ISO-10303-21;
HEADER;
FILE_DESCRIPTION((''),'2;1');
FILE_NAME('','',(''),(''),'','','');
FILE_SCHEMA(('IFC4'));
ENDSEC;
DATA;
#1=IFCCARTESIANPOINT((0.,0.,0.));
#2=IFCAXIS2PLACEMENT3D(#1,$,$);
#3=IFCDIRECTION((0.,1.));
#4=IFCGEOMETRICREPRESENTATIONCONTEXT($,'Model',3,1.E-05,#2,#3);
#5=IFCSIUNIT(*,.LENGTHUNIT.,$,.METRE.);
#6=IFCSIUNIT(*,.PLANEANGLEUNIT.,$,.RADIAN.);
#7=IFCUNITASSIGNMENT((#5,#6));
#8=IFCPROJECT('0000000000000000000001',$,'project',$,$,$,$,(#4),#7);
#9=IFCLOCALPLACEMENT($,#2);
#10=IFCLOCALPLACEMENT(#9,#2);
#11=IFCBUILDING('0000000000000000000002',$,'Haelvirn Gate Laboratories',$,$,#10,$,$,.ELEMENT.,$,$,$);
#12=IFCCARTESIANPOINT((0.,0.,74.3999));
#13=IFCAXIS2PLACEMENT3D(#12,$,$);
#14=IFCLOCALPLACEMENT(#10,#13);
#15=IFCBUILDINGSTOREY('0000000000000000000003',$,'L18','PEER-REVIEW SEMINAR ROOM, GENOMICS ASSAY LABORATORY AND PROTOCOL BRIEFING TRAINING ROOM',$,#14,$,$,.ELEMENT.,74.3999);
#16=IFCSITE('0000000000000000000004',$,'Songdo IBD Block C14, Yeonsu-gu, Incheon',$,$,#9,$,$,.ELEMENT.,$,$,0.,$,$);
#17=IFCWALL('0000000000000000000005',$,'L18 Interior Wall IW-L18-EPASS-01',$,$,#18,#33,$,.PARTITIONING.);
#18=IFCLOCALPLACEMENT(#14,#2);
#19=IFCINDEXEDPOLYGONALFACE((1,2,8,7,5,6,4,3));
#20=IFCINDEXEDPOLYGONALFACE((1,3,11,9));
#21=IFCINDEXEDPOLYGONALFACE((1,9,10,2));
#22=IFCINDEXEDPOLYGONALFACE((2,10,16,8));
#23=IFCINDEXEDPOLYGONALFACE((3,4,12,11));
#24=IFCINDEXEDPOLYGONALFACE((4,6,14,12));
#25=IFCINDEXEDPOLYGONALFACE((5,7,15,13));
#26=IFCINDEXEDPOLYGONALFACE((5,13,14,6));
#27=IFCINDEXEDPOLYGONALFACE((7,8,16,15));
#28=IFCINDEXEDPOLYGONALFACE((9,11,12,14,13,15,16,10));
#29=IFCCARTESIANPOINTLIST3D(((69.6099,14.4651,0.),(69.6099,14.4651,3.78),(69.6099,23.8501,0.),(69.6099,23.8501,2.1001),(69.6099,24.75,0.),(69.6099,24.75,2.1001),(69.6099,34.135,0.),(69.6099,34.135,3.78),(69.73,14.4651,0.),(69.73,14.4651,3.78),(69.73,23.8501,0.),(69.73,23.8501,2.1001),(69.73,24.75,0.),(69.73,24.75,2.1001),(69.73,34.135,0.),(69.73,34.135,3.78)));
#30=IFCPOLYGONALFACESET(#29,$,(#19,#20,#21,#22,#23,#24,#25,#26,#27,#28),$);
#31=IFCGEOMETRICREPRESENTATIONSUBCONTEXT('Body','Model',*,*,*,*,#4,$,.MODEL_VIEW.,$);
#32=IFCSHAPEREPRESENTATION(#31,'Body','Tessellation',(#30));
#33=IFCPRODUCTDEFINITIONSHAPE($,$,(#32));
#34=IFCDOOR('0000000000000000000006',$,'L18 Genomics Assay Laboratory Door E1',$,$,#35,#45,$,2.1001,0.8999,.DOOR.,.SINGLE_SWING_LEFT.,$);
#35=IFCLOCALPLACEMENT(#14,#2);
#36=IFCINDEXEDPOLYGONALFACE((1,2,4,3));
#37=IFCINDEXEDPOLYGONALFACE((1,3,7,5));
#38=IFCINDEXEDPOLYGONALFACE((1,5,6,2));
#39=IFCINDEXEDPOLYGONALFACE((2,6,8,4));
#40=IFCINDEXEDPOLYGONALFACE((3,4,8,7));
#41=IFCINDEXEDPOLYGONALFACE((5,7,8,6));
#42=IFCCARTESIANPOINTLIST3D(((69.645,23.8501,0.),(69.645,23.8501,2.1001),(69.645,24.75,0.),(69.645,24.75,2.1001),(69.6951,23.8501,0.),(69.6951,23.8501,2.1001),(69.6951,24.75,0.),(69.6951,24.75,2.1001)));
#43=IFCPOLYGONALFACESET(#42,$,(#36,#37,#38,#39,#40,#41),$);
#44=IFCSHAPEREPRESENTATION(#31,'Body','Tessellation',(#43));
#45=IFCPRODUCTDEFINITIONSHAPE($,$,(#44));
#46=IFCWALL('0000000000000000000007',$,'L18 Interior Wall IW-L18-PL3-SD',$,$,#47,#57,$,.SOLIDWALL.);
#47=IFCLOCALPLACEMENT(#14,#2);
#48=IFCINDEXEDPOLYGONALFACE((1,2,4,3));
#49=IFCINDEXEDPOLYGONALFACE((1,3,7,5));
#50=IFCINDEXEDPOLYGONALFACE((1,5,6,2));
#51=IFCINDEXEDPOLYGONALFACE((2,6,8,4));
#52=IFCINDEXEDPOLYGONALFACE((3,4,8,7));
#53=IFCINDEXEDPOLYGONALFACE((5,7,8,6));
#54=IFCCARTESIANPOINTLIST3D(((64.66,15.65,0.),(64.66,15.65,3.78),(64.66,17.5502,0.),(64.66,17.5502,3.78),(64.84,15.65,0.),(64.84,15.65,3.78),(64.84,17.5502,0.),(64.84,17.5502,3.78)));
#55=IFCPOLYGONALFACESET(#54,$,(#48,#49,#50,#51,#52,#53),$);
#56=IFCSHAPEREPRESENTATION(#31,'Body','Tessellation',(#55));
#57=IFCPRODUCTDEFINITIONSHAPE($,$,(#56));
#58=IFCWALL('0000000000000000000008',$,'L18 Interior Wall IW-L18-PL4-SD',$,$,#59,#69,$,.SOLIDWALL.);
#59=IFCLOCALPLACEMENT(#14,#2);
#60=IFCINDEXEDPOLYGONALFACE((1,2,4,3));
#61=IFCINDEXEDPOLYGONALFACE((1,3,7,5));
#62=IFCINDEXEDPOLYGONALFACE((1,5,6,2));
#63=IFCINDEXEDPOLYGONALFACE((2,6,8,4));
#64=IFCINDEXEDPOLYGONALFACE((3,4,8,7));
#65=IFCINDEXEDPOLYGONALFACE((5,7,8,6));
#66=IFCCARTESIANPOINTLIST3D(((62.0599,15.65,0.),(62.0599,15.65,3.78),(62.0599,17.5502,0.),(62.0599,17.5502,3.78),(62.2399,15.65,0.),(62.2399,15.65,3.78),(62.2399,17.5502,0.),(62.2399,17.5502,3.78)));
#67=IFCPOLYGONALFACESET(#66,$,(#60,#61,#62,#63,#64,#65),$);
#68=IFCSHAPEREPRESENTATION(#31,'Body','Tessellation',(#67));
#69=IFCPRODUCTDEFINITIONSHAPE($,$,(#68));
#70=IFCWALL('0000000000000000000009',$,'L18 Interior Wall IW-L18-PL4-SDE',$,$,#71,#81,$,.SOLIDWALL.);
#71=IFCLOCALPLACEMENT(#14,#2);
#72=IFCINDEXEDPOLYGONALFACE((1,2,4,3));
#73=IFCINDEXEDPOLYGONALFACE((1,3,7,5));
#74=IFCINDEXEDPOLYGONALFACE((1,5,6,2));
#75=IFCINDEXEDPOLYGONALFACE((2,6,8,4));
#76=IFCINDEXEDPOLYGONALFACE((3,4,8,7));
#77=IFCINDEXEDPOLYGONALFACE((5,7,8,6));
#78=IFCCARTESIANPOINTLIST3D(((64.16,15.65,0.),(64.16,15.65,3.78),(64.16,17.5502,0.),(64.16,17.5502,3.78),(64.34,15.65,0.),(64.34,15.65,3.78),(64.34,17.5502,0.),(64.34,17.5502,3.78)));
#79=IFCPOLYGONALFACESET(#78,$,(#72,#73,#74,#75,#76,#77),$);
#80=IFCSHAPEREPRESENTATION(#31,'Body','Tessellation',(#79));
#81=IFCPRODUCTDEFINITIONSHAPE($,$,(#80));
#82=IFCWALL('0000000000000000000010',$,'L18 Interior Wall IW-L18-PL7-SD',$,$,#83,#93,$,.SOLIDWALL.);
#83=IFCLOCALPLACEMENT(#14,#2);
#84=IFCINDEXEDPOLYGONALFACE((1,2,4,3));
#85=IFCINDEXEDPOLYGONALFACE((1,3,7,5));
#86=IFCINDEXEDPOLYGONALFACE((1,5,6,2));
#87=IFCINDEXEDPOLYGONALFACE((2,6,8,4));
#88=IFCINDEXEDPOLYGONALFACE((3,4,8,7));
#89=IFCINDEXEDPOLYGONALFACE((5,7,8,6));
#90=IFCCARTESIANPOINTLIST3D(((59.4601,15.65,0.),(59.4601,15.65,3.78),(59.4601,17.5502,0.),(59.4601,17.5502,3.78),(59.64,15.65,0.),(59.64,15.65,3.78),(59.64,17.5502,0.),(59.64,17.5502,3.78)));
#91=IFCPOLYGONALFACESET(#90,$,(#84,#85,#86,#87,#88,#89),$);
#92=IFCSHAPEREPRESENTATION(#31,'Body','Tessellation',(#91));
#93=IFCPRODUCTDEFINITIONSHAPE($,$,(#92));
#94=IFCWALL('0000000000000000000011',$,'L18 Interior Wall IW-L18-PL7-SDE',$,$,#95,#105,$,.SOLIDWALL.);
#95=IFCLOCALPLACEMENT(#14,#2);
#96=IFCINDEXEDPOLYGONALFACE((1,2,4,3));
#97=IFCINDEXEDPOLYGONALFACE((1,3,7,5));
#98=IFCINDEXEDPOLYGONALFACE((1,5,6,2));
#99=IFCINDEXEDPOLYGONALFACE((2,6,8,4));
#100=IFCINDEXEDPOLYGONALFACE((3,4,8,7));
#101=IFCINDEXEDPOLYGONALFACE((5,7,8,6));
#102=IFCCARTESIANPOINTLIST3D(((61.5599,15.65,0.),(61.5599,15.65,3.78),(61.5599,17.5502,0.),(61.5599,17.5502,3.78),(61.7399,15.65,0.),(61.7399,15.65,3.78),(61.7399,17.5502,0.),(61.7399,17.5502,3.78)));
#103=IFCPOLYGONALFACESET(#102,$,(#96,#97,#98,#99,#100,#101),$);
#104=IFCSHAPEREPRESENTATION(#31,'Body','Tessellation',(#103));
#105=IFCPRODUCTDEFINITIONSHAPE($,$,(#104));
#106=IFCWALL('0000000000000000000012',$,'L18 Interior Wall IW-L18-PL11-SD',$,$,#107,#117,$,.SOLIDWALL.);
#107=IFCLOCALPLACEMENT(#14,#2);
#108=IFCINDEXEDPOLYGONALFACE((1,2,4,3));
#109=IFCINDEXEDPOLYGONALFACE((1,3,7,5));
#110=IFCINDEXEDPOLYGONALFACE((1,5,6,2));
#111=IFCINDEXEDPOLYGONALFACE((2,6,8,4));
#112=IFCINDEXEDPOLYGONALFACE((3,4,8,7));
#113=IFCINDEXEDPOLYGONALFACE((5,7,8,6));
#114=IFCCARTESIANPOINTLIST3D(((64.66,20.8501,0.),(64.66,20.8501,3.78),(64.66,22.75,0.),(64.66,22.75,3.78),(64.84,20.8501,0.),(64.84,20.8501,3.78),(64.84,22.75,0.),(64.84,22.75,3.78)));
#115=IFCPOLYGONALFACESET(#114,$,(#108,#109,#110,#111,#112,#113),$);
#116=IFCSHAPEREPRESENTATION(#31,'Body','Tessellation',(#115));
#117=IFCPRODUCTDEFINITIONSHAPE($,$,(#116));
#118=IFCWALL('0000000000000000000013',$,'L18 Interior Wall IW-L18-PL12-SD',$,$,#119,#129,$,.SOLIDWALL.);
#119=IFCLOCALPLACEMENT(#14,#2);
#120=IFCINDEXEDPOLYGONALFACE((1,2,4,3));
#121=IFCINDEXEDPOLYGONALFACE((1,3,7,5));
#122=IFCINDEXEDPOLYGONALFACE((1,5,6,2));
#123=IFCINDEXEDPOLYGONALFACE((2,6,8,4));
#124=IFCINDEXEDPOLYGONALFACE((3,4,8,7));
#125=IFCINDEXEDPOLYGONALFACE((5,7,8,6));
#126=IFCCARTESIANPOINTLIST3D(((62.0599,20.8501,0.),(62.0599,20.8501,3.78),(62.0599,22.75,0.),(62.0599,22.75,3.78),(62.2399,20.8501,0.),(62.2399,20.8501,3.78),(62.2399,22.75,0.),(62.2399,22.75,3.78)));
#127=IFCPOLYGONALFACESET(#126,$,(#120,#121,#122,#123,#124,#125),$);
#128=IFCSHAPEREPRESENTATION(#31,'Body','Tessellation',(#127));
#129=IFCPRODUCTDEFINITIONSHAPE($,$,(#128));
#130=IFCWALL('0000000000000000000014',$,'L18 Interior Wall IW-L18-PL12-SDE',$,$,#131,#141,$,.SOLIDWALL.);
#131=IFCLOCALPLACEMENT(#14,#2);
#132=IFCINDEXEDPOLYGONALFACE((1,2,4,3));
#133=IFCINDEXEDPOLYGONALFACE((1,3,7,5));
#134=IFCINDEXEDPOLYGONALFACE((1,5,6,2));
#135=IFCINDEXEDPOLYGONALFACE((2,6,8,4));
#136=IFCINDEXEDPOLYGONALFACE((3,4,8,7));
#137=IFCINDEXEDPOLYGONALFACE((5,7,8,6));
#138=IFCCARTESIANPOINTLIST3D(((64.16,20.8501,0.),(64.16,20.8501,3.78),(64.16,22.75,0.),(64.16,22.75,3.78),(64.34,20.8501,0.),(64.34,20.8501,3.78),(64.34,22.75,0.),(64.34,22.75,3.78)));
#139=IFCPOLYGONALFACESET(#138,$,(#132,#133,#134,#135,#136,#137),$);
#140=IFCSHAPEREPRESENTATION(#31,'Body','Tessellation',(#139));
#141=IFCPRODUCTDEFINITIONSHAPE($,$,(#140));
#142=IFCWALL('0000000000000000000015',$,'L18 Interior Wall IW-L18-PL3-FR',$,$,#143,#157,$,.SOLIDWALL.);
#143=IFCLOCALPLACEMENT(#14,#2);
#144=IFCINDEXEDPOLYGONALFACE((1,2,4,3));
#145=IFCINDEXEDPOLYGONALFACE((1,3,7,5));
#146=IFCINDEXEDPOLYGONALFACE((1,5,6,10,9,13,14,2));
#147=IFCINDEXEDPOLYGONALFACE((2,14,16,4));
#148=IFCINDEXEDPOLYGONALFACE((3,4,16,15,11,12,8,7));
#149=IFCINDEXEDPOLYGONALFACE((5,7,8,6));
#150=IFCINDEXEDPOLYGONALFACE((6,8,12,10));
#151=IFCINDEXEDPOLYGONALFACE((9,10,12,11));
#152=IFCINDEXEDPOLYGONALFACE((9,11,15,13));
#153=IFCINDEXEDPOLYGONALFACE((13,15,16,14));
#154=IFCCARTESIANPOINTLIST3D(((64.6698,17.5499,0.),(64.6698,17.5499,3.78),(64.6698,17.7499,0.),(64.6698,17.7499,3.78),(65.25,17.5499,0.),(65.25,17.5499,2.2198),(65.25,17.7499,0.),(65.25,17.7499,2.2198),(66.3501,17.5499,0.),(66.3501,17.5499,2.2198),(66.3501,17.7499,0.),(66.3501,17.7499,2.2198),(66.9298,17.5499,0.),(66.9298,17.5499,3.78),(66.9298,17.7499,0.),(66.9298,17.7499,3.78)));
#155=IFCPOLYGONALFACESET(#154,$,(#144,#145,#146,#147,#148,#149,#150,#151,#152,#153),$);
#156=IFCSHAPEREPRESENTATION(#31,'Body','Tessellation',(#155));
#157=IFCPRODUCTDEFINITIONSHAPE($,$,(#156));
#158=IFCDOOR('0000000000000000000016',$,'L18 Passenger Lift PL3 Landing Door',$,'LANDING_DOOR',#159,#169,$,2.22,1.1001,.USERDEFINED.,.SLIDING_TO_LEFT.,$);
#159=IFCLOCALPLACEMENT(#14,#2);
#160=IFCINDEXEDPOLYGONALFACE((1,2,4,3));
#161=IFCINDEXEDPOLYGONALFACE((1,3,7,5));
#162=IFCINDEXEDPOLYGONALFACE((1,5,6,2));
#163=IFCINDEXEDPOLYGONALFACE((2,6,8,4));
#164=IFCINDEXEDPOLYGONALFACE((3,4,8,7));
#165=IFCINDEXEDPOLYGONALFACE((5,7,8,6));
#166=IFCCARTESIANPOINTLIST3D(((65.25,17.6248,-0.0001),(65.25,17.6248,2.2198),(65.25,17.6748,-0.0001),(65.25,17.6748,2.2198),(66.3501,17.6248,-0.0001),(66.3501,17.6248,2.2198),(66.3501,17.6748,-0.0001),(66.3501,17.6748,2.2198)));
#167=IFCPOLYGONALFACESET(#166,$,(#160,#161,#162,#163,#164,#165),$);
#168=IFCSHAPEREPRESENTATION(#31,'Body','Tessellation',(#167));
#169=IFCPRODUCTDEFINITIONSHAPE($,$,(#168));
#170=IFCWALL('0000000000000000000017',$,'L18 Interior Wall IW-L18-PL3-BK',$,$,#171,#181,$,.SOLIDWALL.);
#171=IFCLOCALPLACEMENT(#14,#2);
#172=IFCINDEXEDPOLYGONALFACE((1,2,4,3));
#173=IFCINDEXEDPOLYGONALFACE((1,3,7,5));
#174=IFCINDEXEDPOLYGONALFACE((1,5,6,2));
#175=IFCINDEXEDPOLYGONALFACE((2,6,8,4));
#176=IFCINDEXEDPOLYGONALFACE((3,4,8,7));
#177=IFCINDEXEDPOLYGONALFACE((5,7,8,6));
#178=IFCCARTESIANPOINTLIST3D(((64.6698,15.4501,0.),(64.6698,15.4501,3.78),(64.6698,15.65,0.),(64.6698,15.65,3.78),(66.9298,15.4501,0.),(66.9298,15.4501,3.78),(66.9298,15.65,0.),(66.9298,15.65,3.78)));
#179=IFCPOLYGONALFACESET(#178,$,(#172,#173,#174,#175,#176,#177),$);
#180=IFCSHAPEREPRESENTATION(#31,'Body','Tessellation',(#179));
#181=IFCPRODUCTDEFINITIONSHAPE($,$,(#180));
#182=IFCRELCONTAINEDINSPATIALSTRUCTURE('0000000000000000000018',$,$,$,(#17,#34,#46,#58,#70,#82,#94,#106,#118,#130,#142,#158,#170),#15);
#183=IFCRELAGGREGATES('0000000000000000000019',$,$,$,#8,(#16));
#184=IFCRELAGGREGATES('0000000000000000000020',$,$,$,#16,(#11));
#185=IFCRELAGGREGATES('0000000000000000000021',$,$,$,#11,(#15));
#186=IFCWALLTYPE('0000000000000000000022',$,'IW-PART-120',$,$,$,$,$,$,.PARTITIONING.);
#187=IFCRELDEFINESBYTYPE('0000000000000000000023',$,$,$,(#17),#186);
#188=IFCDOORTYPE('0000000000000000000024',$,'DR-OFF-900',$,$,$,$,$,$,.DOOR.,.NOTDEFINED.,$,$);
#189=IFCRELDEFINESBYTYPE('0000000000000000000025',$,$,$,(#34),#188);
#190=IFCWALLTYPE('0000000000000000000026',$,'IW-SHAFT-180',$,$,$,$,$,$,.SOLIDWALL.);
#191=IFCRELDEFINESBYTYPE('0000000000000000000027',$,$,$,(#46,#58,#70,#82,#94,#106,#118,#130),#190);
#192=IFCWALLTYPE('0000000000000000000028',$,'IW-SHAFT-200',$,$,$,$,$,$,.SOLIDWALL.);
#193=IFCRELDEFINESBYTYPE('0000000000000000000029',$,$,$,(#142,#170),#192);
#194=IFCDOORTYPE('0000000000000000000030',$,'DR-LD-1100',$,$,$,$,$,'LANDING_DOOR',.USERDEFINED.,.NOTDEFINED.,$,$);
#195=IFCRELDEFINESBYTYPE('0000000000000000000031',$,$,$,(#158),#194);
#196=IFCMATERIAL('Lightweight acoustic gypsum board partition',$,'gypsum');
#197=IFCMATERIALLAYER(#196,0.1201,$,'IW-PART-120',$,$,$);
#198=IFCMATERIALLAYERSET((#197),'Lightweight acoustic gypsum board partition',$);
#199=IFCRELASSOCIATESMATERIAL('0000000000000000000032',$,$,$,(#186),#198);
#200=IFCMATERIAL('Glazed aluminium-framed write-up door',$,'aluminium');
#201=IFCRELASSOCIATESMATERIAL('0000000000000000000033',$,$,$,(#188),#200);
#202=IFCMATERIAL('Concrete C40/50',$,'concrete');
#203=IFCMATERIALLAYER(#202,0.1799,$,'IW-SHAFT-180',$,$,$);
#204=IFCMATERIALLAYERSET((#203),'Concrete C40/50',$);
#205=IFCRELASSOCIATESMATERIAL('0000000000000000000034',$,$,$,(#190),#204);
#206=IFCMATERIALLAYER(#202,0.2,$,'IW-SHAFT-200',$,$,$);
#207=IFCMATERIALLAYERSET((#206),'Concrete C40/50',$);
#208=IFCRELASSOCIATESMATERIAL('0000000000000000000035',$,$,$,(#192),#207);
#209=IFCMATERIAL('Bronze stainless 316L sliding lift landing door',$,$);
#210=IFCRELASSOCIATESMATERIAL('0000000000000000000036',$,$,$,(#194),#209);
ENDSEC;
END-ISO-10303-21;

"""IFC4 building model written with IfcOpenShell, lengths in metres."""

from ifc_helpers import new_model, si_unit, direction, frame, frame_2d, origin, place, context, subcontext, project, spatial, rectangle, extrude, source, transform, mapped, material, layer, layer_set, type_object, type_shapes, element, fill, save


model = new_model("IFC4")

# Units and contexts
model_context = context("Model", 3, precision=1e-05, world=origin(), true_north=direction((0.0, 1.0)))
body_context = subcontext(model_context, "Body", "Model", "MODEL_VIEW")
ifc_project = project(units=[si_unit("LENGTHUNIT", "METRE"), si_unit("PLANEANGLEUNIT", "RADIAN")], contexts=[model_context])

# Site, building, storey
site_placement = place(None, origin())
site = spatial("IfcSite", under=ifc_project, at=site_placement, Name="Songdo IBD Block C14, Yeonsu-gu, Incheon", CompositionType="ELEMENT", RefElevation=0.0)
building_placement = place(site_placement, origin())
building = spatial("IfcBuilding", under=site, at=building_placement, Name="Haelvirn Gate Laboratories", CompositionType="ELEMENT")
storey_placement = place(building_placement, frame((0.0, 0.0, 74.3999)))
storey = spatial("IfcBuildingStorey", under=building, at=storey_placement, Name="L18", Description="PEER-REVIEW SEMINAR ROOM, GENOMICS ASSAY LABORATORY AND PROTOCOL BRIEFING TRAINING ROOM", CompositionType="ELEMENT", Elevation=74.3999)

# Shared definitions
ifc_material_1 = material(Name="Lightweight acoustic gypsum board partition", Category="gypsum")
ifc_layer_1 = layer(ifc_material_1, 0.1201, Name="IW-PART-120")
ifc_layer_set_1 = layer_set([ifc_layer_1], Name="Lightweight acoustic gypsum board partition")
wall_type_1 = type_object("IfcWallType", Name="IW-PART-120", PredefinedType="PARTITIONING", material=ifc_layer_set_1)

# Wall, opening, door
wall_1_placement = place(storey_placement, frame((69.6699, 14.4651, 0.0), z_axis=(0.0, 0.0, 1.0), x_axis=(0.0, 1.0, 0.0)))
wall_1 = element("IfcWall", 1, at=wall_1_placement, inside=storey, type_object=wall_type_1, Name="L18 Interior Wall IW-L18-EPASS-01", PredefinedType="PARTITIONING", context=body_context, shape_type="SweptSolid", body=[
    extrude(rectangle(XDim=19.6699, YDim=0.1201, at=frame_2d((9.835, 0.0))), origin(), (0.0, 0.0, 1.0), 3.78),
])
opening_1_placement = place(wall_1_placement, frame((9.385, 0.0, 0.0)))
opening_1 = element("IfcOpeningElement", 2, at=opening_1_placement, cuts=wall_1, PredefinedType="OPENING", context=body_context, shape_type="SweptSolid", body=[
    extrude(rectangle(XDim=0.8999, YDim=2.1001, at=frame_2d((0.45, 1.05))), frame((0.0, 0.0701, 0.0), z_axis=(0.0, -1.0, 0.0), x_axis=(1.0, 0.0, 0.0)), (0.0, 0.0, 1.0), 0.1401),
])
ifc_material_2 = material(Name="Glazed aluminium-framed write-up door", Category="aluminium")
door_type_1 = type_object("IfcDoorType", Name="DR-OFF-900", OperationType="NOTDEFINED", PredefinedType="DOOR", material=ifc_material_2)
shared_shape_1 = source(origin(), body_context, "Body", "SweptSolid", [
    extrude(rectangle(XDim=0.8999, YDim=2.1001, at=frame_2d((0.45, 1.05))), frame((0.0, 0.0249, 0.0), z_axis=(0.0, -1.0, 0.0), x_axis=(1.0, 0.0, 0.0)), (0.0, 0.0, 1.0), 0.05),
])
type_shapes(door_type_1, [shared_shape_1])
door_1_placement = place(opening_1_placement, origin())
door_1 = element("IfcDoor", 3, at=door_1_placement, inside=storey, type_object=door_type_1, Name="L18 Genomics Assay Laboratory Door E1", OperationType="SINGLE_SWING_LEFT", OverallHeight=2.1001, OverallWidth=0.8999, PredefinedType="DOOR", context=body_context, shape_type="MappedRepresentation", body=[
    mapped(shared_shape_1, transform((0.0, 0.0, 0.0), scale=1.0)),
])
fill(opening_1, door_1)

# Walls
ifc_material_3 = material(Name="Concrete C40/50", Category="concrete")
ifc_layer_2 = layer(ifc_material_3, 0.1799, Name="IW-SHAFT-180")
ifc_layer_set_2 = layer_set([ifc_layer_2], Name="Concrete C40/50")
wall_type_2 = type_object("IfcWallType", Name="IW-SHAFT-180", PredefinedType="SOLIDWALL", material=ifc_layer_set_2)
for number, where, z_axis, x_axis, name in (
    (4, (64.75, 15.6499, 0.0), (0.0, 0.0, 1.0), (0.0, 1.0, 0.0), "L18 Interior Wall IW-L18-PL3-SD"),
    (5, (62.1499, 15.6499, 0.0), (0.0, 0.0, 1.0), (0.0, 1.0, 0.0), "L18 Interior Wall IW-L18-PL4-SD"),
    (6, (64.25, 15.6499, 0.0), (0.0, 0.0, 1.0), (0.0, 1.0, 0.0), "L18 Interior Wall IW-L18-PL4-SDE"),
    (7, (59.55, 15.6499, 0.0), (0.0, 0.0, 1.0), (0.0, 1.0, 0.0), "L18 Interior Wall IW-L18-PL7-SD"),
    (8, (61.6499, 15.6499, 0.0), (0.0, 0.0, 1.0), (0.0, 1.0, 0.0), "L18 Interior Wall IW-L18-PL7-SDE"),
):
    element("IfcWall", number, at=place(storey_placement, frame(where, z_axis=z_axis, x_axis=x_axis)), inside=storey, type_object=wall_type_2, Name=name, PredefinedType="SOLIDWALL", context=body_context, shape_type="SweptSolid", body=[
        extrude(rectangle(XDim=1.9001, YDim=0.1799, at=frame_2d((0.9502, 0.0))), origin(), (0.0, 0.0, 1.0), 3.78),
    ])
for number, where, z_axis, x_axis, name in (
    (9, (64.75, 20.8501, 0.0), (0.0, 0.0, 1.0), (0.0, 1.0, 0.0), "L18 Interior Wall IW-L18-PL11-SD"),
    (10, (62.1499, 20.8501, 0.0), (0.0, 0.0, 1.0), (0.0, 1.0, 0.0), "L18 Interior Wall IW-L18-PL12-SD"),
    (11, (64.25, 20.8501, 0.0), (0.0, 0.0, 1.0), (0.0, 1.0, 0.0), "L18 Interior Wall IW-L18-PL12-SDE"),
):
    element("IfcWall", number, at=place(storey_placement, frame(where, z_axis=z_axis, x_axis=x_axis)), inside=storey, type_object=wall_type_2, Name=name, PredefinedType="SOLIDWALL", context=body_context, shape_type="SweptSolid", body=[
        extrude(rectangle(XDim=1.8999, YDim=0.1799, at=frame_2d((0.95, 0.0))), origin(), (0.0, 0.0, 1.0), 3.78),
    ])

# Wall, opening, door
ifc_layer_3 = layer(ifc_material_3, 0.2, Name="IW-SHAFT-200")
ifc_layer_set_3 = layer_set([ifc_layer_3], Name="Concrete C40/50")
wall_type_3 = type_object("IfcWallType", Name="IW-SHAFT-200", PredefinedType="SOLIDWALL", material=ifc_layer_set_3)
wall_2_placement = place(storey_placement, frame((64.6699, 17.6499, 0.0), z_axis=(0.0, 0.0, 1.0), x_axis=(1.0, 0.0, 0.0)))
wall_2 = element("IfcWall", 12, at=wall_2_placement, inside=storey, type_object=wall_type_3, Name="L18 Interior Wall IW-L18-PL3-FR", PredefinedType="SOLIDWALL", context=body_context, shape_type="SweptSolid", body=[
    extrude(rectangle(XDim=2.26, YDim=0.2, at=frame_2d((1.1299, 0.0))), origin(), (0.0, 0.0, 1.0), 3.78),
])
opening_2_placement = place(wall_2_placement, frame((0.5801, 0.0, 0.0)))
opening_2 = element("IfcOpeningElement", 13, at=opening_2_placement, cuts=wall_2, PredefinedType="OPENING", context=body_context, shape_type="SweptSolid", body=[
    extrude(rectangle(XDim=1.1001, YDim=2.22, at=frame_2d((0.55, 1.1099))), frame((0.0, 0.1099, 0.0), z_axis=(0.0, -1.0, 0.0), x_axis=(1.0, 0.0, 0.0)), (0.0, 0.0, 1.0), 0.22),
])
ifc_material_4 = material(Name="Bronze stainless 316L sliding lift landing door")
door_type_2 = type_object("IfcDoorType", Name="DR-LD-1100", ElementType="LANDING_DOOR", OperationType="NOTDEFINED", PredefinedType="USERDEFINED", material=ifc_material_4)
shared_shape_2 = source(origin(), body_context, "Body", "SweptSolid", [
    extrude(rectangle(XDim=1.1001, YDim=2.22, at=frame_2d((0.55, 1.1099))), frame((0.0, 0.0249, 0.0), z_axis=(0.0, -1.0, 0.0), x_axis=(1.0, 0.0, 0.0)), (0.0, 0.0, 1.0), 0.05),
])
type_shapes(door_type_2, [shared_shape_2])
door_2_placement = place(opening_2_placement, origin())
door_2 = element("IfcDoor", 14, at=door_2_placement, inside=storey, type_object=door_type_2, Name="L18 Passenger Lift PL3 Landing Door", ObjectType="LANDING_DOOR", OperationType="SLIDING_TO_LEFT", OverallHeight=2.22, OverallWidth=1.1001, PredefinedType="USERDEFINED", context=body_context, shape_type="MappedRepresentation", body=[
    mapped(shared_shape_2, transform((0.0, 0.0, 0.0), scale=1.0)),
])
fill(opening_2, door_2)

# Wall
wall_3_placement = place(storey_placement, frame((64.6699, 15.55, 0.0), z_axis=(0.0, 0.0, 1.0), x_axis=(1.0, 0.0, 0.0)))
element("IfcWall", 15, at=wall_3_placement, inside=storey, type_object=wall_type_3, Name="L18 Interior Wall IW-L18-PL3-BK", PredefinedType="SOLIDWALL", context=body_context, shape_type="SweptSolid", body=[
    extrude(rectangle(XDim=2.26, YDim=0.2, at=frame_2d((1.1299, 0.0))), origin(), (0.0, 0.0, 1.0), 3.78),
])

save(model, "model.ifc")
